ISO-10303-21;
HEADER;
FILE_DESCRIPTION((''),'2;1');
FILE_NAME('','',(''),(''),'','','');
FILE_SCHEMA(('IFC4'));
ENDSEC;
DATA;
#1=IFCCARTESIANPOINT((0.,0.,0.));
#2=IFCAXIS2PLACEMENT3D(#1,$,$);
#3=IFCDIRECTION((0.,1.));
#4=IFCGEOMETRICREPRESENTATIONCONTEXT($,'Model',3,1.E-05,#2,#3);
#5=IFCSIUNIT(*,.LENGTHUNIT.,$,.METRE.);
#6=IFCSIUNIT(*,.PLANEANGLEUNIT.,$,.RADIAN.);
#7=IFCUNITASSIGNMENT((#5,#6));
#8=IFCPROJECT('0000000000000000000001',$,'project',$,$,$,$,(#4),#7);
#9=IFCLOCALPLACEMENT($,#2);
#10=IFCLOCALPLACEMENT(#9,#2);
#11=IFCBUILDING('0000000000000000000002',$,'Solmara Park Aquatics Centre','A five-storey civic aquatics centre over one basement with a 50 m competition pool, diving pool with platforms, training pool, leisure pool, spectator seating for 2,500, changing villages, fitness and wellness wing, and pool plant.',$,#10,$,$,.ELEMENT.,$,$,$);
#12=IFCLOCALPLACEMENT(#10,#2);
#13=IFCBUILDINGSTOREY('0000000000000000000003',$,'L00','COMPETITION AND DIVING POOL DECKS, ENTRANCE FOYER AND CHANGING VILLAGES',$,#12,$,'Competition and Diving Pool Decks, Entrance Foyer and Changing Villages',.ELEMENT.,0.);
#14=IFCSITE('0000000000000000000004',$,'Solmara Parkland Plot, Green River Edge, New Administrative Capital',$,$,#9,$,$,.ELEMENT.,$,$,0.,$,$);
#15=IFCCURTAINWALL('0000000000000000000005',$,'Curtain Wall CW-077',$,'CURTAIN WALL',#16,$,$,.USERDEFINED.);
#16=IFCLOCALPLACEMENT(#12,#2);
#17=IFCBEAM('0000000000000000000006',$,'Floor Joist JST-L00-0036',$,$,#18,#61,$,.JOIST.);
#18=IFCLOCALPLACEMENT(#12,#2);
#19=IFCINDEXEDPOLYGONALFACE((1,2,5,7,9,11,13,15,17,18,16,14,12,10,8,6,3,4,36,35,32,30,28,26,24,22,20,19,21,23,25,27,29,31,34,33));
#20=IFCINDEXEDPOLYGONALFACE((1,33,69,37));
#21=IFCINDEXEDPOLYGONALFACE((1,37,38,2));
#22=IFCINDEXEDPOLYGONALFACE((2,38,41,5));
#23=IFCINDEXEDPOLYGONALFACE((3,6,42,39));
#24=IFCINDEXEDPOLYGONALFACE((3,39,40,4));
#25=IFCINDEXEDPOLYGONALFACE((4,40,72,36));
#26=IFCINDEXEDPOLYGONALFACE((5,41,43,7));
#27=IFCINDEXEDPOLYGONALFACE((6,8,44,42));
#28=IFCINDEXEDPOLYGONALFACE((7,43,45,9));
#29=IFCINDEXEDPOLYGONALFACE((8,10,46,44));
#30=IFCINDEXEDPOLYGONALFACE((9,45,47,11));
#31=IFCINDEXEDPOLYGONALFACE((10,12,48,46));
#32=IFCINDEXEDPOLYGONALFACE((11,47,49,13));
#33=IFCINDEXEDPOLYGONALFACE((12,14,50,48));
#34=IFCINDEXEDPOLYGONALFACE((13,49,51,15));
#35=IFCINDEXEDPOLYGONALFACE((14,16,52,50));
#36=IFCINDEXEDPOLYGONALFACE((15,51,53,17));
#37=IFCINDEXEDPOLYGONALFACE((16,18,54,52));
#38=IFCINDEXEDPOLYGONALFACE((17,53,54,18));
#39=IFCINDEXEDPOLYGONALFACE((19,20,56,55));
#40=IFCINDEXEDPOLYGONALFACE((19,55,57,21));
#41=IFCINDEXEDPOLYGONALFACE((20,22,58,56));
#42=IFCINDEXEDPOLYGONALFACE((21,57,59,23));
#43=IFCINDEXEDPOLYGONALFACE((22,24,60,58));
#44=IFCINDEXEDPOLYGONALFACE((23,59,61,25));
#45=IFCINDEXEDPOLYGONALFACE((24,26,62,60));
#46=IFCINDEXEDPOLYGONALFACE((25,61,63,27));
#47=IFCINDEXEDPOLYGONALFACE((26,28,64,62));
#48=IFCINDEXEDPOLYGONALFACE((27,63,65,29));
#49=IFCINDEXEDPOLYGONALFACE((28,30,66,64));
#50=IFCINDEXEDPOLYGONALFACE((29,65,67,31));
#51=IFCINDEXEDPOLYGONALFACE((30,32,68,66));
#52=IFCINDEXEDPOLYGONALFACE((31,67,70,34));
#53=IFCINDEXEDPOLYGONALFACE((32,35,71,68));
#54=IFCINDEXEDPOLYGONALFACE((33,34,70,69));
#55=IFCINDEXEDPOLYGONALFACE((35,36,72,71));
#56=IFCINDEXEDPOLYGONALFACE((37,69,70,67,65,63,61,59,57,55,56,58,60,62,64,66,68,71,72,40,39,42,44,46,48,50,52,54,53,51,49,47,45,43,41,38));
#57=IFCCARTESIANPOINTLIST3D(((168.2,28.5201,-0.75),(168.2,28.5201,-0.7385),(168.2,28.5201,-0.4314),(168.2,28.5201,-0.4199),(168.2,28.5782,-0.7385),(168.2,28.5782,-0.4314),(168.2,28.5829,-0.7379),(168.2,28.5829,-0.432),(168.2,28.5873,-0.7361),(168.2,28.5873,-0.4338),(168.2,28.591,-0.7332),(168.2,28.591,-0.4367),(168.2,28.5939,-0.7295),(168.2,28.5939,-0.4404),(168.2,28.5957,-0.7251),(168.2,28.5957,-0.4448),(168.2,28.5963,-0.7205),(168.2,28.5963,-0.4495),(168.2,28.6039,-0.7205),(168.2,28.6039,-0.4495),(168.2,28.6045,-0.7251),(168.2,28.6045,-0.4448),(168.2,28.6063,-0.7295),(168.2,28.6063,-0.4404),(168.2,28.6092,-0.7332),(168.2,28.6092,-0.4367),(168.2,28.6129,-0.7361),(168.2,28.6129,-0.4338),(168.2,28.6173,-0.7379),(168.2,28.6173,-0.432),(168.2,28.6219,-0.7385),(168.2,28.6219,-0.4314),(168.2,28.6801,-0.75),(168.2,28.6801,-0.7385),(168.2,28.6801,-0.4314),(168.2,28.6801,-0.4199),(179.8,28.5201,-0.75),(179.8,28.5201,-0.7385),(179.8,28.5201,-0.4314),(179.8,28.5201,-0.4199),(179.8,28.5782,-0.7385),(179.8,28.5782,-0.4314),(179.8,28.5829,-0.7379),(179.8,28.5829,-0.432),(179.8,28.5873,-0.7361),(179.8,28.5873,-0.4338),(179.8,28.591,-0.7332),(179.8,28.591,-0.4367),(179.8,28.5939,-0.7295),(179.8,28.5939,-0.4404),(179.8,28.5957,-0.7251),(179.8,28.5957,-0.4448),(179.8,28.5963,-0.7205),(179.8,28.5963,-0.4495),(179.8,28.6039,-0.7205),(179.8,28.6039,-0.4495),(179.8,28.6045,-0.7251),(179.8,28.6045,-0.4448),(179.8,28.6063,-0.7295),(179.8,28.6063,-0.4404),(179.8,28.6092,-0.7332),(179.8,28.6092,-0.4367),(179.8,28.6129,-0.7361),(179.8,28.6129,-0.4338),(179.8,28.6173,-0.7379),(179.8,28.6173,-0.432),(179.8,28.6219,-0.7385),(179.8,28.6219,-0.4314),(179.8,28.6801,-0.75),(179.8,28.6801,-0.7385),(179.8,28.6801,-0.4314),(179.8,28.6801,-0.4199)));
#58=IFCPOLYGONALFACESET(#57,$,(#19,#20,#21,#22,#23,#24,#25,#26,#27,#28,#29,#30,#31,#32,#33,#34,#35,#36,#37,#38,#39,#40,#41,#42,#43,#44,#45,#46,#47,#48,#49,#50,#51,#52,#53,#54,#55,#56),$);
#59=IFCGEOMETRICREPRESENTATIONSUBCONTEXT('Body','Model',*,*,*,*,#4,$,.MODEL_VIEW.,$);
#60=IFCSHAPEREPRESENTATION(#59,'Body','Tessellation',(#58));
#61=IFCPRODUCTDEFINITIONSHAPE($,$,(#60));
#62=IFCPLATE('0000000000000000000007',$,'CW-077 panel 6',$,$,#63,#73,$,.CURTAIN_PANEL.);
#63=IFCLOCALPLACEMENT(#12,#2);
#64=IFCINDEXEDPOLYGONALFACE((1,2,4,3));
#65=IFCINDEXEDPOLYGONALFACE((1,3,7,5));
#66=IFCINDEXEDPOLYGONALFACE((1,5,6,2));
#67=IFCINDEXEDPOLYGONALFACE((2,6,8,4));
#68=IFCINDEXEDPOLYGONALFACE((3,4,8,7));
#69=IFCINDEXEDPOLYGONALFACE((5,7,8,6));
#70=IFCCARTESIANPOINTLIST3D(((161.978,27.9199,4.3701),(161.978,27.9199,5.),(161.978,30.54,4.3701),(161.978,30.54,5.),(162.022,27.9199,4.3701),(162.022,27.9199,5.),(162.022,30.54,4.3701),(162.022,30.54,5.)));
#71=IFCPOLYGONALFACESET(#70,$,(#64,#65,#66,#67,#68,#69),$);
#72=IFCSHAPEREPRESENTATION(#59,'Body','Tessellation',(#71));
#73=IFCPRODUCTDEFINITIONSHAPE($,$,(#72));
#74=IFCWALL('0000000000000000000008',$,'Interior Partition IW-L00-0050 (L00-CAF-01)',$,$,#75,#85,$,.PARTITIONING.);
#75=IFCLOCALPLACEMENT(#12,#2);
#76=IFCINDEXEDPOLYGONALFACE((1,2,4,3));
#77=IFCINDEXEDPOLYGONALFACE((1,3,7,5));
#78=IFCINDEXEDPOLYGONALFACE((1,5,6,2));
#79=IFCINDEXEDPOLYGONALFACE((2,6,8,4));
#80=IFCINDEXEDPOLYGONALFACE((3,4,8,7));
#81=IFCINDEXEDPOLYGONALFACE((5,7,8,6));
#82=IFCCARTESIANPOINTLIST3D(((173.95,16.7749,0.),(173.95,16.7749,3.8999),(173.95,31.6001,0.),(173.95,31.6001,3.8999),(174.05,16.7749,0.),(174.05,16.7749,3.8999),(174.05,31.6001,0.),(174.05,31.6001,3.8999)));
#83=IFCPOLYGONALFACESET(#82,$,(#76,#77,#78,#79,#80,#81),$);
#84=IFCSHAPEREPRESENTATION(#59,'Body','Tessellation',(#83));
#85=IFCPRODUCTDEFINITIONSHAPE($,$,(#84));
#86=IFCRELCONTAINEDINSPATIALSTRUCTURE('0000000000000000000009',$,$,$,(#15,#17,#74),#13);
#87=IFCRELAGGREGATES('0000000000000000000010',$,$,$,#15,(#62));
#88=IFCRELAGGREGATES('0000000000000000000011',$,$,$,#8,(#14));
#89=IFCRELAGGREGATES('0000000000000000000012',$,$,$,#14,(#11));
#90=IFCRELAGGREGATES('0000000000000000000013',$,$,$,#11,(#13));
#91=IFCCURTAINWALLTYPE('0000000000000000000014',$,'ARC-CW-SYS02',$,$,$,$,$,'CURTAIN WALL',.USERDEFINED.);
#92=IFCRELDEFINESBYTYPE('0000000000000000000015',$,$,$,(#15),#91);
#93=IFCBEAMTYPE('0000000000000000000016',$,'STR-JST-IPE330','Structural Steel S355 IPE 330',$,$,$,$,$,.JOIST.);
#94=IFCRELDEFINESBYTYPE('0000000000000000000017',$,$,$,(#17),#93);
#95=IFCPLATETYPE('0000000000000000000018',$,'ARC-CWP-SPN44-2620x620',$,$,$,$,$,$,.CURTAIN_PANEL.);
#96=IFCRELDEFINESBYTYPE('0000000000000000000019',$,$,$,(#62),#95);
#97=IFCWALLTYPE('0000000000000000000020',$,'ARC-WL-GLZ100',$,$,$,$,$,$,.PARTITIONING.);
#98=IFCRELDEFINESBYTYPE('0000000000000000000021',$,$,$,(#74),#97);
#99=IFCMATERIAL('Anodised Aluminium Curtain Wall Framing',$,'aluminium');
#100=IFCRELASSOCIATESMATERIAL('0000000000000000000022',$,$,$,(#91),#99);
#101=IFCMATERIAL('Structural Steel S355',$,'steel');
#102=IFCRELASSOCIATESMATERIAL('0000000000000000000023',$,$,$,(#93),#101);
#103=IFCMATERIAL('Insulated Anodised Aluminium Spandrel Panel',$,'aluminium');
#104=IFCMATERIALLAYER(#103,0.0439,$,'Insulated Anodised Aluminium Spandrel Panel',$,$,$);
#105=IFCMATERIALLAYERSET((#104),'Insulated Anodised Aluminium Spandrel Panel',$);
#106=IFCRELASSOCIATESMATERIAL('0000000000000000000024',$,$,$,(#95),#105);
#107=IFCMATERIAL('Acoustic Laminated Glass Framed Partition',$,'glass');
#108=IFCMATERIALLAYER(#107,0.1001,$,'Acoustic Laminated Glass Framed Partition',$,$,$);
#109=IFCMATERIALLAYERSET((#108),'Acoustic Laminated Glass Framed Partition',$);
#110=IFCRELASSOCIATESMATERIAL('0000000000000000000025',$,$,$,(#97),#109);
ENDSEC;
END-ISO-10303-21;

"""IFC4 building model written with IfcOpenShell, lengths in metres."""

from ifc_helpers import new_model, si_unit, direction, frame, frame_2d, origin, origin_2d, place, context, subcontext, project, spatial, rectangle, i_section, extrude, material, layer, layer_set, material_profile, profile_set, type_object, element, aggregate, save


model = new_model("IFC4")

# Units and contexts
model_context = context("Model", 3, precision=1e-05, world=origin(), true_north=direction((0.0, 1.0)))
body_context = subcontext(model_context, "Body", "Model", "MODEL_VIEW")
ifc_project = project(units=[si_unit("LENGTHUNIT", "METRE"), si_unit("PLANEANGLEUNIT", "RADIAN")], contexts=[model_context])

# Site, building, storey
site_placement = place(None, origin())
site = spatial("IfcSite", under=ifc_project, at=site_placement, Name="Solmara Parkland Plot, Green River Edge, New Administrative Capital", CompositionType="ELEMENT", RefElevation=0.0)
building_placement = place(site_placement, origin())
building = spatial("IfcBuilding", under=site, at=building_placement, Name="Solmara Park Aquatics Centre", Description="A five-storey civic aquatics centre over one basement with a 50 m competition pool, diving pool with platforms, training pool, leisure pool, spectator seating for 2,500, changing villages, fitness and wellness wing, and pool plant.", CompositionType="ELEMENT")
storey_placement = place(building_placement, origin())
storey = spatial("IfcBuildingStorey", under=building, at=storey_placement, Name="L00", Description="COMPETITION AND DIVING POOL DECKS, ENTRANCE FOYER AND CHANGING VILLAGES", LongName="Competition and Diving Pool Decks, Entrance Foyer and Changing Villages", CompositionType="ELEMENT", Elevation=0.0)

# Curtain wall
ifc_material_1 = material(Name="Anodised Aluminium Curtain Wall Framing", Category="aluminium")
curtain_wall_type = type_object("IfcCurtainWallType", Name="ARC-CW-SYS02", ElementType="CURTAIN WALL", PredefinedType="USERDEFINED", material=ifc_material_1)
curtain_wall_placement = place(storey_placement, origin())
curtain_wall = element("IfcCurtainWall", 1, at=curtain_wall_placement, inside=storey, type_object=curtain_wall_type, Name="Curtain Wall CW-077", ObjectType="CURTAIN WALL", PredefinedType="USERDEFINED")

# Beam
ifc_material_2 = material(Name="Structural Steel S355", Category="steel")
ifc_material_profile_1 = material_profile(ifc_material_2, i_section(OverallWidth=0.1599, OverallDepth=0.3301, WebThickness=0.0076, FlangeThickness=0.0115, FilletRadius=0.0181, at=origin_2d()), Name="IPE 330")
ifc_profile_set_1 = profile_set([ifc_material_profile_1], Name="Structural Steel S355")
beam_type_1 = type_object("IfcBeamType", Name="STR-JST-IPE330", Description="Structural Steel S355 IPE 330", PredefinedType="JOIST", material=ifc_profile_set_1)
beam_1_placement = place(storey_placement, frame((168.2, 28.6001, -0.585), z_axis=(1.0, 0.0, 0.0), x_axis=(0.0, 1.0, 0.0)))
element("IfcBeam", 2, at=beam_1_placement, inside=storey, type_object=beam_type_1, Name="Floor Joist JST-L00-0036", PredefinedType="JOIST", context=body_context, shape_type="SweptSolid", body=[
    extrude(i_section(OverallWidth=0.1599, OverallDepth=0.3301, WebThickness=0.0076, FlangeThickness=0.0115, FilletRadius=0.0181, at=origin_2d()), origin(), (0.0, 0.0, 1.0), 11.6001),
])

# Plate
ifc_material_3 = material(Name="Insulated Anodised Aluminium Spandrel Panel", Category="aluminium")
ifc_layer_1 = layer(ifc_material_3, 0.0439, Name="Insulated Anodised Aluminium Spandrel Panel")
ifc_layer_set_1 = layer_set([ifc_layer_1], Name="Insulated Anodised Aluminium Spandrel Panel")
plate_type = type_object("IfcPlateType", Name="ARC-CWP-SPN44-2620x620", PredefinedType="CURTAIN_PANEL", material=ifc_layer_set_1)
plate_placement = place(storey_placement, frame((162.0, 29.23, 4.3701), z_axis=(0.0, 0.0, 1.0), x_axis=(0.0, 1.0, 0.0)))
plate = element("IfcPlate", 3, at=plate_placement, type_object=plate_type, Name="CW-077 panel 6", PredefinedType="CURTAIN_PANEL", context=body_context, shape_type="SweptSolid", body=[
    extrude(rectangle(XDim=2.6201, YDim=0.0439, at=origin_2d()), origin(), (0.0, 0.0, 1.0), 0.6299),
])
aggregate(curtain_wall, [plate])

# Wall
ifc_material_4 = material(Name="Acoustic Laminated Glass Framed Partition", Category="glass")
ifc_layer_2 = layer(ifc_material_4, 0.1001, Name="Acoustic Laminated Glass Framed Partition")
ifc_layer_set_2 = layer_set([ifc_layer_2], Name="Acoustic Laminated Glass Framed Partition")
wall_type = type_object("IfcWallType", Name="ARC-WL-GLZ100", PredefinedType="PARTITIONING", material=ifc_layer_set_2)
wall_placement = place(storey_placement, frame((174.0, 16.7749, 0.0), z_axis=(0.0, 0.0, 1.0), x_axis=(0.0, 1.0, 0.0)))
element("IfcWall", 4, at=wall_placement, inside=storey, type_object=wall_type, Name="Interior Partition IW-L00-0050 (L00-CAF-01)", PredefinedType="PARTITIONING", context=body_context, shape_type="SweptSolid", body=[
    extrude(rectangle(XDim=14.8252, YDim=0.1001, at=frame_2d((7.4126, 0.0))), origin(), (0.0, 0.0, 1.0), 3.8999),
])

save(model, "model.ifc")
